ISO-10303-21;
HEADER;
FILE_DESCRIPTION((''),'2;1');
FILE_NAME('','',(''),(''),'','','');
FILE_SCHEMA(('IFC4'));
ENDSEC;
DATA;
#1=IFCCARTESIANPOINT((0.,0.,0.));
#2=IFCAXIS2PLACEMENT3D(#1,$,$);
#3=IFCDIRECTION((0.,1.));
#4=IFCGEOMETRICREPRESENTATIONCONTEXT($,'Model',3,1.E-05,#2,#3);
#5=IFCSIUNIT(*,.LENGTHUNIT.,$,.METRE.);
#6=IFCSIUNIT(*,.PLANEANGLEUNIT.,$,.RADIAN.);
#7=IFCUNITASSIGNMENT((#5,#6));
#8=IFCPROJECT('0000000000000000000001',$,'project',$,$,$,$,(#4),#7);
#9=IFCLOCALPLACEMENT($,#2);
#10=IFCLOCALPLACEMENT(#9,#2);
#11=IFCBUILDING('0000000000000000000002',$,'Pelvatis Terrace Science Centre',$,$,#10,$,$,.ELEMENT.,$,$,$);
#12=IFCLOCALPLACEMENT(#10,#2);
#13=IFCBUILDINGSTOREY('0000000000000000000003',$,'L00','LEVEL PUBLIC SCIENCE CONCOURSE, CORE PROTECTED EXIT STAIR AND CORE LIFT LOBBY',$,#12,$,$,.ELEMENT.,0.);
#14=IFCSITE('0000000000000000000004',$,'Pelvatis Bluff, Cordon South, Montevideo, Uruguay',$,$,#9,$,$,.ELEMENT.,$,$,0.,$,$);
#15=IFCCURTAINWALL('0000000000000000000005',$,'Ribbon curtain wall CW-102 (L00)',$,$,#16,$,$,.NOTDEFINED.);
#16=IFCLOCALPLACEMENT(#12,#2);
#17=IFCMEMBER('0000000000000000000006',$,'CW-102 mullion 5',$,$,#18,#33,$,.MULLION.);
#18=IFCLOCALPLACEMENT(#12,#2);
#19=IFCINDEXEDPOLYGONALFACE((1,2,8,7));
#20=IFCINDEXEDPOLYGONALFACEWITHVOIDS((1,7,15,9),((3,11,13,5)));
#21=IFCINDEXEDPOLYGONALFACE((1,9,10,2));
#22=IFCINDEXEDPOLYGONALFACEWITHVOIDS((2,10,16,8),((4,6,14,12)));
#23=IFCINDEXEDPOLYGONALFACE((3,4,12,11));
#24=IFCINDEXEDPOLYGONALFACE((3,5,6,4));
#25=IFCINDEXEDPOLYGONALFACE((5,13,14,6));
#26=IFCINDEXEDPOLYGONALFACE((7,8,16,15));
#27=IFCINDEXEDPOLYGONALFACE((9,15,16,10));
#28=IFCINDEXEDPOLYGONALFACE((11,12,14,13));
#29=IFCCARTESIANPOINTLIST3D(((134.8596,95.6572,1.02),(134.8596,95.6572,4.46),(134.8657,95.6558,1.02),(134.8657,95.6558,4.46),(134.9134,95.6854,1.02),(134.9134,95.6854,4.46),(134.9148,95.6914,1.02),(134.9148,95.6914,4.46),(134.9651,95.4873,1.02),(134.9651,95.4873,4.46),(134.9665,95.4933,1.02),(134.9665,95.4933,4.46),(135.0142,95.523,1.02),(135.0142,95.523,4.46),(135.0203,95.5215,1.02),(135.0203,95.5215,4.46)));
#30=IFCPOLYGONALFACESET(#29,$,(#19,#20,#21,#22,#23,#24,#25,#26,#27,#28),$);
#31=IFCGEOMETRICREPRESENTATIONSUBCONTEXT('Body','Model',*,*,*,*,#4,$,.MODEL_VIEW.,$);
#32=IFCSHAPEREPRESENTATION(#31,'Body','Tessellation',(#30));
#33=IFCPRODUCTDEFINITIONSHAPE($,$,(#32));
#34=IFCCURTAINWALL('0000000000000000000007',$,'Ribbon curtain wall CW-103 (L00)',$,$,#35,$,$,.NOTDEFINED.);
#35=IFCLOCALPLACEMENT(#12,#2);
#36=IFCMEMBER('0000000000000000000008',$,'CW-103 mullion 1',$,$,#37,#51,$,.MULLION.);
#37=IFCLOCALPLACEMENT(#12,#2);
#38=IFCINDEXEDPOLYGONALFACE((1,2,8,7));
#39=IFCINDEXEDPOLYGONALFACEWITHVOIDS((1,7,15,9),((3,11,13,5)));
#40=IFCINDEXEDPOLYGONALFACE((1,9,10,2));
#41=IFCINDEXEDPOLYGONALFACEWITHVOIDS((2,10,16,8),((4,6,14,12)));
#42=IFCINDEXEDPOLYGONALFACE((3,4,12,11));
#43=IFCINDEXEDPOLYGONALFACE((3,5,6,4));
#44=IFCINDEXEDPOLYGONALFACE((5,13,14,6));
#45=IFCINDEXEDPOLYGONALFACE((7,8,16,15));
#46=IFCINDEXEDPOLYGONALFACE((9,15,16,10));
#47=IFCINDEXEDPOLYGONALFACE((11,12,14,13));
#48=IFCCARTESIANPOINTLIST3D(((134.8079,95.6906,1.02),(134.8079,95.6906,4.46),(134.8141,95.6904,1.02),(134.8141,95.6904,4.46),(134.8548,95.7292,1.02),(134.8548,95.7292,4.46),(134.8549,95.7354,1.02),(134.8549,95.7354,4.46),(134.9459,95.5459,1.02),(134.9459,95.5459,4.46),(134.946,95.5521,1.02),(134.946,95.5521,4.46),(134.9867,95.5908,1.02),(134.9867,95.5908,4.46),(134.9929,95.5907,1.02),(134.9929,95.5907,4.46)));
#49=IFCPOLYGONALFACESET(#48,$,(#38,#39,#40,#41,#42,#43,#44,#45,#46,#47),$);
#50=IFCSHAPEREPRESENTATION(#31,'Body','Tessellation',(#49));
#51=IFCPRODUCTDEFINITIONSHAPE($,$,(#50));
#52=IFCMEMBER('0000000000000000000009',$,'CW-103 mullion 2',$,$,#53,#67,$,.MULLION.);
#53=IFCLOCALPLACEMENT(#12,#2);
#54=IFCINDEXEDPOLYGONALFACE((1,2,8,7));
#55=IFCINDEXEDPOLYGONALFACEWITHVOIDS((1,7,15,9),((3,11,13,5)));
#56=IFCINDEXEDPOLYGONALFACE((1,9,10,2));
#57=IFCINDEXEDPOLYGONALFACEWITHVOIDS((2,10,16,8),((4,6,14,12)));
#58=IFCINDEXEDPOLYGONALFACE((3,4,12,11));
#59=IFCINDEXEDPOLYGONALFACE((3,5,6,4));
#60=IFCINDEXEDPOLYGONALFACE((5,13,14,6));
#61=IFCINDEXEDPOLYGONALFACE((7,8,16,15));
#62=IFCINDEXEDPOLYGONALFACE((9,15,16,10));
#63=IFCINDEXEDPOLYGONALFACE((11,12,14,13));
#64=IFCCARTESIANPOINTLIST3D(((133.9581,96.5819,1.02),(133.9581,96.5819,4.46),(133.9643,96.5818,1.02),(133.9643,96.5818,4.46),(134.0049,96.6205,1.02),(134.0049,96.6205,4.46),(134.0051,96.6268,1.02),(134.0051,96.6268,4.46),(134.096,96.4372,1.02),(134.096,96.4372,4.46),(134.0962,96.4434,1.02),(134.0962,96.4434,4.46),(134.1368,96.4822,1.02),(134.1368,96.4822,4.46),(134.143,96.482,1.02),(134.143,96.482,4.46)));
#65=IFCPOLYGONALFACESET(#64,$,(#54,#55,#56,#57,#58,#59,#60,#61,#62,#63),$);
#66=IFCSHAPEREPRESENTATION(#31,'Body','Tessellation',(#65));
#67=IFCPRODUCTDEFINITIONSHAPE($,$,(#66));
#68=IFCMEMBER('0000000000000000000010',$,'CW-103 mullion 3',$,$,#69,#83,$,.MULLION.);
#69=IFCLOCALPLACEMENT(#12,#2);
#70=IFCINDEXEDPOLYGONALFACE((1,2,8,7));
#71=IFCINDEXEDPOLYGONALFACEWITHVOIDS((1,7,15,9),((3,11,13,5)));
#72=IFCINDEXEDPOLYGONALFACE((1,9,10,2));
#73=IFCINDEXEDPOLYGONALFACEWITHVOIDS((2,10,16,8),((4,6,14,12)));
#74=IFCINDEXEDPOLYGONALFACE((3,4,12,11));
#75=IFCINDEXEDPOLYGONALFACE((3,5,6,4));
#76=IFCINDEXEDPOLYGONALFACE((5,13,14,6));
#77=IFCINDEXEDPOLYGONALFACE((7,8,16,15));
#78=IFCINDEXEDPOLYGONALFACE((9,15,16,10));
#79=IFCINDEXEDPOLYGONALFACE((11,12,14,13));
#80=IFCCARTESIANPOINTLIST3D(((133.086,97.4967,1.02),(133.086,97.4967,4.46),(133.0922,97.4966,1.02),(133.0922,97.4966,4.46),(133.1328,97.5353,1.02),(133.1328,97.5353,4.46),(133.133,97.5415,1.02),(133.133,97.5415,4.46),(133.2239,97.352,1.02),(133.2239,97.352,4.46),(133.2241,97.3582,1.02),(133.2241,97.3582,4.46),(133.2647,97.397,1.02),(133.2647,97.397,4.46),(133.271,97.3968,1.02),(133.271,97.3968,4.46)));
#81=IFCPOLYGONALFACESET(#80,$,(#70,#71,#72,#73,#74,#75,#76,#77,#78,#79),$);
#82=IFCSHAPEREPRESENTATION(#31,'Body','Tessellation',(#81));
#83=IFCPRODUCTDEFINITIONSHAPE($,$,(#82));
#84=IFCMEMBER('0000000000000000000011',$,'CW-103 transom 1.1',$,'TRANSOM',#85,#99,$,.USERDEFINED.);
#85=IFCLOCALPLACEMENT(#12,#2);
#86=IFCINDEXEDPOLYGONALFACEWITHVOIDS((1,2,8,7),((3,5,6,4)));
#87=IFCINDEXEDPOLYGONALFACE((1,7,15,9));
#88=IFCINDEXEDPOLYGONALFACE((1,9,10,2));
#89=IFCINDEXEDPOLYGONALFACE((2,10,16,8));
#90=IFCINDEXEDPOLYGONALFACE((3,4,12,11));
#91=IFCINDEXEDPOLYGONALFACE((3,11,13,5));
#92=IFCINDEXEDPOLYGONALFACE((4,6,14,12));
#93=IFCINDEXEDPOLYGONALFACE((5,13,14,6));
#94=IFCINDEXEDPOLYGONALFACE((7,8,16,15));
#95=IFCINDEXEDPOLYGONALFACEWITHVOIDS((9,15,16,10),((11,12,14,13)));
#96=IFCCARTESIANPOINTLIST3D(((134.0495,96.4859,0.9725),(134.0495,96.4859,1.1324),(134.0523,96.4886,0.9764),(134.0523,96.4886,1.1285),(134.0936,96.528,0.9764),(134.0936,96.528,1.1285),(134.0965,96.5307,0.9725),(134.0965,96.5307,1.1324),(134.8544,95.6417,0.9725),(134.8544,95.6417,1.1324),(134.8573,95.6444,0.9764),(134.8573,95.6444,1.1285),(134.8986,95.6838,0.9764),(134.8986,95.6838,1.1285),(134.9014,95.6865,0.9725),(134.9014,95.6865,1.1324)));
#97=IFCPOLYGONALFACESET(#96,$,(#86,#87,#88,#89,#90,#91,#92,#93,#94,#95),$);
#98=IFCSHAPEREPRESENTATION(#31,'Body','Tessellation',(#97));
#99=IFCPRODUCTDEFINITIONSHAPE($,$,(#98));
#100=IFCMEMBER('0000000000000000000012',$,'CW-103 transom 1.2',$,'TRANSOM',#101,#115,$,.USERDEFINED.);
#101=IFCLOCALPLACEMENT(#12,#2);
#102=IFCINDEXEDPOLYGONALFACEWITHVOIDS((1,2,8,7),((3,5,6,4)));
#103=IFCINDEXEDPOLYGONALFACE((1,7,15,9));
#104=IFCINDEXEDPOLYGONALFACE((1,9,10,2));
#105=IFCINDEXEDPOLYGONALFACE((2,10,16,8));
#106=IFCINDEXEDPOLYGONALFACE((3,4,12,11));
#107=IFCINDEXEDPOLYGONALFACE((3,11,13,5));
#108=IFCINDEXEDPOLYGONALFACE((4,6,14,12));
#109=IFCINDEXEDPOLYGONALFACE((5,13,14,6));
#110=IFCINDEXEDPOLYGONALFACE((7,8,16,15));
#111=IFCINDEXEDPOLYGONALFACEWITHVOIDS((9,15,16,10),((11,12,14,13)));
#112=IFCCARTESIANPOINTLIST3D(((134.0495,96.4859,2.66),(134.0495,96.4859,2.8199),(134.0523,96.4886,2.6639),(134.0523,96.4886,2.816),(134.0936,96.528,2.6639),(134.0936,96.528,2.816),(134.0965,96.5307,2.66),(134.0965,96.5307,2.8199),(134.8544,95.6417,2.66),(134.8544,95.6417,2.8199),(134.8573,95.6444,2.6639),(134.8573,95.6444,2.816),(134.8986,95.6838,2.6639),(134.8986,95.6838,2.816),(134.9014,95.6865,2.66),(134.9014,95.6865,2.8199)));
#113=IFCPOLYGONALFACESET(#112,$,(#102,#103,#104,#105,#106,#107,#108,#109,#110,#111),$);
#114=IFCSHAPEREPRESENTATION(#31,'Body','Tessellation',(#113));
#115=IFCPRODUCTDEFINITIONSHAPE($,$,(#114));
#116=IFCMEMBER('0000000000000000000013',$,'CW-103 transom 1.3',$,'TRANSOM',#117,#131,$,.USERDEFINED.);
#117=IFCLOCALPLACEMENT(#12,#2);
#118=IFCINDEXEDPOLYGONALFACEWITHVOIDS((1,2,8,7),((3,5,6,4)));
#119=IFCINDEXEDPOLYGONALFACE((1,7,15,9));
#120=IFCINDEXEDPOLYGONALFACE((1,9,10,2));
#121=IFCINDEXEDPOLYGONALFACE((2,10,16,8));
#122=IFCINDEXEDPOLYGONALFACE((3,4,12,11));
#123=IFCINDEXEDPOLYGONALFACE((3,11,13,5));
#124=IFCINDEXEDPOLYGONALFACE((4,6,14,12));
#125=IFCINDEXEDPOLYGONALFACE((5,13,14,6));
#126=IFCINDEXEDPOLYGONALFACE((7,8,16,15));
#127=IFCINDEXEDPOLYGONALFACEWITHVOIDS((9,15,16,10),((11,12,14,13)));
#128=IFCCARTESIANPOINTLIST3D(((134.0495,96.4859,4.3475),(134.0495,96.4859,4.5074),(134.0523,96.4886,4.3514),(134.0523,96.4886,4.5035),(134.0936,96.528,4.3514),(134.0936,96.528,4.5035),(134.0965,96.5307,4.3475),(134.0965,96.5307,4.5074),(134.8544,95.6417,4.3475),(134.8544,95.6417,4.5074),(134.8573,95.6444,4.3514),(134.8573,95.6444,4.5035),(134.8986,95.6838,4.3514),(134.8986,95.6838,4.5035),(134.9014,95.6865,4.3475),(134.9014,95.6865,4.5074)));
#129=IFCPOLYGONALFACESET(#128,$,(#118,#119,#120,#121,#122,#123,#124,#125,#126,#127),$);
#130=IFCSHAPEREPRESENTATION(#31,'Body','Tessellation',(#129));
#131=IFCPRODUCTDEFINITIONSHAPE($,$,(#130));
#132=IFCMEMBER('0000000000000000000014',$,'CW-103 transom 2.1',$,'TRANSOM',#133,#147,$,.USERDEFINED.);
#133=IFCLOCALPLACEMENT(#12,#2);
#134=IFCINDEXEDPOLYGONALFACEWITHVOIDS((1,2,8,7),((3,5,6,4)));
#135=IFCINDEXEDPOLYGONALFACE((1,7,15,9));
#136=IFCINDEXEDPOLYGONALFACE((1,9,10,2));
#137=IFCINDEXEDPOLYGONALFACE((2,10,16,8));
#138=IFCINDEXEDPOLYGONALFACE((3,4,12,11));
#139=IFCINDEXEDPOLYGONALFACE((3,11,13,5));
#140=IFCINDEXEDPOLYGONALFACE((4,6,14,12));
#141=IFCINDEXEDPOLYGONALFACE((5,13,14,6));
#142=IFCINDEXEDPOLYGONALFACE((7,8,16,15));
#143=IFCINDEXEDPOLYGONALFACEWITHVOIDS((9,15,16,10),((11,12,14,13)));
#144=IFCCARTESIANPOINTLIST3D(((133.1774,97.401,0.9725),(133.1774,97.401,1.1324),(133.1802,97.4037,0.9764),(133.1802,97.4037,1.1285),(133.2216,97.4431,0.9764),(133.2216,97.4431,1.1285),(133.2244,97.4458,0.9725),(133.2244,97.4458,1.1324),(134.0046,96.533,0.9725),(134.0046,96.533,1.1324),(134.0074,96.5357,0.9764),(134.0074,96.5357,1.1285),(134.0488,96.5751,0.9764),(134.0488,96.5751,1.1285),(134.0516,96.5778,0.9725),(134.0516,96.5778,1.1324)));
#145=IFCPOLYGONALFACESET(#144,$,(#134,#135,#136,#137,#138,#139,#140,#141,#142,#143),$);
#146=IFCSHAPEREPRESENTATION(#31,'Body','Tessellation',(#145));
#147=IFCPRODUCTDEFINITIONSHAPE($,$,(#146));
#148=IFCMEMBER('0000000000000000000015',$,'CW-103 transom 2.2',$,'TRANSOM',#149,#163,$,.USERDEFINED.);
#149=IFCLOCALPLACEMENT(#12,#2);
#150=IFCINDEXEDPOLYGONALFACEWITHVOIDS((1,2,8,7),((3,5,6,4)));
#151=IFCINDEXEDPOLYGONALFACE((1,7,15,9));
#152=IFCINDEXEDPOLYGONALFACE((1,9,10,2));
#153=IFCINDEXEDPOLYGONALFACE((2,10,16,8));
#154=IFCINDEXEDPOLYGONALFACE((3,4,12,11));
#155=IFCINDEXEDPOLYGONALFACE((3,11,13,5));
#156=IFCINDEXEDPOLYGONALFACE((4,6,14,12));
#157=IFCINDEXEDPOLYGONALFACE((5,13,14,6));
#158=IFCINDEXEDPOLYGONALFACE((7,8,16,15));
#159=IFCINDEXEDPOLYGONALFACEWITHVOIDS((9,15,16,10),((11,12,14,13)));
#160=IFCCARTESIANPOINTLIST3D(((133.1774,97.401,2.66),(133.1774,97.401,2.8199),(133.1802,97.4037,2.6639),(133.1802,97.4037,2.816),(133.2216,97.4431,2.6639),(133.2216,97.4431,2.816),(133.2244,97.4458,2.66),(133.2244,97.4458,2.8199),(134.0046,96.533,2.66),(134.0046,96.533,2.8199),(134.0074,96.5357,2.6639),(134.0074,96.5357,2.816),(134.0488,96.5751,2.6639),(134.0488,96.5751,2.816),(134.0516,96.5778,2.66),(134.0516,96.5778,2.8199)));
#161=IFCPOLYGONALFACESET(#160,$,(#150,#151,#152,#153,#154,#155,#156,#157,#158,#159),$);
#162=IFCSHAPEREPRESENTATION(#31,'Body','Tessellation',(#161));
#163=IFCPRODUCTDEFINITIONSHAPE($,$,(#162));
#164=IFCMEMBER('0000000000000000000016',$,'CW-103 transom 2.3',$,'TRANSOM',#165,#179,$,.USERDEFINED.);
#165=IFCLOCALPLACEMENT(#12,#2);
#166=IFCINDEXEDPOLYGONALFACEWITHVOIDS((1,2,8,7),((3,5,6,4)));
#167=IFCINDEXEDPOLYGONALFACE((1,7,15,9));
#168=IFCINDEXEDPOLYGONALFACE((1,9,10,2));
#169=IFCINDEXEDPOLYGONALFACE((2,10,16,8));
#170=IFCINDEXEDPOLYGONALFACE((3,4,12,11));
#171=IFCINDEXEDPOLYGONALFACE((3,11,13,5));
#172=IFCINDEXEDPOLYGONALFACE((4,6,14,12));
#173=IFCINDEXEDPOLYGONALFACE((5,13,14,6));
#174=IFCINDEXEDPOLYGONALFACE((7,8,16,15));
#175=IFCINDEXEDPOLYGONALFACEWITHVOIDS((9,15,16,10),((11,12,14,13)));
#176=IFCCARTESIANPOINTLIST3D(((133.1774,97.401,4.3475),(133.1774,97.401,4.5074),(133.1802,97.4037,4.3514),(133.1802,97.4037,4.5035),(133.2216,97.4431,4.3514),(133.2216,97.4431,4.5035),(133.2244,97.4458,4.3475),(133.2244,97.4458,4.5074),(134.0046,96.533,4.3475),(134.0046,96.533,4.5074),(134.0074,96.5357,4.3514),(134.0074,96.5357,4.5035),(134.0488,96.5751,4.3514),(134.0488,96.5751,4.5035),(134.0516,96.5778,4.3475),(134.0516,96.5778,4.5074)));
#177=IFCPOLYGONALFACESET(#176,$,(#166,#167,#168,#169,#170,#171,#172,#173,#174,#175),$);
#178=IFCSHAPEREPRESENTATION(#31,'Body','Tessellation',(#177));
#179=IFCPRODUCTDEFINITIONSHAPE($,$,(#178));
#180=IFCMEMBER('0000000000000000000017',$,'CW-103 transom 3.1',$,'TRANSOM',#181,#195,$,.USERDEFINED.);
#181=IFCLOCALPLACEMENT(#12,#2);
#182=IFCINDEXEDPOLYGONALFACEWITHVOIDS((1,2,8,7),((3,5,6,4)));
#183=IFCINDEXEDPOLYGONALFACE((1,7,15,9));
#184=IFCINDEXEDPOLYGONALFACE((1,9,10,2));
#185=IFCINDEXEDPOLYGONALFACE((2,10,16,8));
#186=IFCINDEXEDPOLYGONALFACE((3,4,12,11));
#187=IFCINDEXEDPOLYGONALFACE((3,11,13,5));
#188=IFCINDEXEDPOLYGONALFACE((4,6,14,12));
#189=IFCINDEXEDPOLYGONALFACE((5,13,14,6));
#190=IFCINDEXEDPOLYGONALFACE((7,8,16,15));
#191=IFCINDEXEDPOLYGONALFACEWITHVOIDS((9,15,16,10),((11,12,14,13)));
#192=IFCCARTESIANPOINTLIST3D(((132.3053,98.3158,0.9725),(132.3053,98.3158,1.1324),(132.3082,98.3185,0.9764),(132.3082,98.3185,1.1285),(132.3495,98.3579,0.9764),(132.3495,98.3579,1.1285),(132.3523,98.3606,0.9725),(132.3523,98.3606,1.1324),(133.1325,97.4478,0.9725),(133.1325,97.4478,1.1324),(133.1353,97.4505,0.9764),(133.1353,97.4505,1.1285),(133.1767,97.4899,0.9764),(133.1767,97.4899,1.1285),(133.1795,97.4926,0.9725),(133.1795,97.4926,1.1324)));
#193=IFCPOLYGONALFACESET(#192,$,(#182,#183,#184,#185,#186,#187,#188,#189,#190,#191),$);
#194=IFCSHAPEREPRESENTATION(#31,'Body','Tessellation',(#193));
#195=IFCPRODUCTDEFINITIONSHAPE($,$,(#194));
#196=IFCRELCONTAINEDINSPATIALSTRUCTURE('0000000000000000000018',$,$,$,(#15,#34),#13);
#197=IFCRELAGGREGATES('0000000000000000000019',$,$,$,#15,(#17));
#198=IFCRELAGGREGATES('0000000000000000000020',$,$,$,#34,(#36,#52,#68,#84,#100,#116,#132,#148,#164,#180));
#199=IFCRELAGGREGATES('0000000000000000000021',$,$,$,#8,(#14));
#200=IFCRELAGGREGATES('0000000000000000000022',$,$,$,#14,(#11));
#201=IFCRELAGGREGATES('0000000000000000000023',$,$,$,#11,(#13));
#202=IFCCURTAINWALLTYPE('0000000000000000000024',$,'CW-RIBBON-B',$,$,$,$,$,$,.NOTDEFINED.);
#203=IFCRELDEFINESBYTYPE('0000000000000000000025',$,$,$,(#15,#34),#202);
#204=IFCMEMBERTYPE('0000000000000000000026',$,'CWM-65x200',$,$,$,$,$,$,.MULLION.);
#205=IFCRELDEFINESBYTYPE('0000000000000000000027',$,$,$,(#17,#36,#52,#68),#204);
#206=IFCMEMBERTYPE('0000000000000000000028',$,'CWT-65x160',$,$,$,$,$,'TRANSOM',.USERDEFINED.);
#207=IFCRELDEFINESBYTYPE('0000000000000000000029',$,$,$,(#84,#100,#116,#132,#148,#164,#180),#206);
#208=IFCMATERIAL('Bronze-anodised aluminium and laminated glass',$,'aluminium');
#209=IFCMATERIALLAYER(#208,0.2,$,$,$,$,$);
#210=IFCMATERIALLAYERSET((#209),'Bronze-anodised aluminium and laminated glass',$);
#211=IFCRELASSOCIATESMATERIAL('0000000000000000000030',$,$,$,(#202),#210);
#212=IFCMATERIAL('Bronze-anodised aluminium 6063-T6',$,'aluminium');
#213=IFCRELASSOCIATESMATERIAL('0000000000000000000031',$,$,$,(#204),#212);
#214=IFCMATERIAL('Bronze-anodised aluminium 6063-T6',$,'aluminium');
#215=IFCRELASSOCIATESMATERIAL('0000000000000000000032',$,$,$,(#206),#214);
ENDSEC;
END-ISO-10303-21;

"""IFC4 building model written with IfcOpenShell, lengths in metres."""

from ifc_helpers import new_model, si_unit, direction, frame, origin, origin_2d, place, context, subcontext, project, spatial, hollow_rectangle, extrude, material, layer, layer_set, material_profile, profile_set, type_object, element, aggregate, save


model = new_model("IFC4")

# Units and contexts
model_context = context("Model", 3, precision=1e-05, world=origin(), true_north=direction((0.0, 1.0)))
body_context = subcontext(model_context, "Body", "Model", "MODEL_VIEW")
ifc_project = project(units=[si_unit("LENGTHUNIT", "METRE"), si_unit("PLANEANGLEUNIT", "RADIAN")], contexts=[model_context])

# Site, building, storey
site_placement = place(None, origin())
site = spatial("IfcSite", under=ifc_project, at=site_placement, Name="Pelvatis Bluff, Cordon South, Montevideo, Uruguay", CompositionType="ELEMENT", RefElevation=0.0)
building_placement = place(site_placement, origin())
building = spatial("IfcBuilding", under=site, at=building_placement, Name="Pelvatis Terrace Science Centre", CompositionType="ELEMENT")
storey_placement = place(building_placement, origin())
storey = spatial("IfcBuildingStorey", under=building, at=storey_placement, Name="L00", Description="LEVEL PUBLIC SCIENCE CONCOURSE, CORE PROTECTED EXIT STAIR AND CORE LIFT LOBBY", CompositionType="ELEMENT", Elevation=0.0)

# Curtain wall, member
ifc_material_1 = material(Name="Bronze-anodised aluminium and laminated glass", Category="aluminium")
ifc_layer_1 = layer(ifc_material_1, 0.2)
ifc_layer_set_1 = layer_set([ifc_layer_1], Name="Bronze-anodised aluminium and laminated glass")
curtain_wall_type = type_object("IfcCurtainWallType", Name="CW-RIBBON-B", PredefinedType="NOTDEFINED", material=ifc_layer_set_1)
curtain_wall_1_placement = place(storey_placement, origin())
curtain_wall_1 = element("IfcCurtainWall", 1, at=curtain_wall_1_placement, inside=storey, type_object=curtain_wall_type, Name="Ribbon curtain wall CW-102 (L00)", PredefinedType="NOTDEFINED")
ifc_material_2 = material(Name="Bronze-anodised aluminium 6063-T6", Category="aluminium")
ifc_material_profile_1 = material_profile(ifc_material_2, hollow_rectangle(XDim=0.0649, YDim=0.2, WallThickness=0.0044, at=origin_2d()), Name="ALU-MUL 65x200")
ifc_profile_set_1 = profile_set([ifc_material_profile_1], Name="Bronze-anodised aluminium 6063-T6")
member_type_1 = type_object("IfcMemberType", Name="CWM-65x200", PredefinedType="MULLION", material=ifc_profile_set_1)
member_1_placement = place(storey_placement, frame((134.9399, 95.5894, 1.02), z_axis=(0.0, 0.0, 1.0), x_axis=(-0.849586, -0.52745, 0.0)))
member_1 = element("IfcMember", 2, at=member_1_placement, type_object=member_type_1, Name="CW-102 mullion 5", PredefinedType="MULLION", context=body_context, shape_type="SweptSolid", body=[
    extrude(hollow_rectangle(XDim=0.0649, YDim=0.2, WallThickness=0.0044, at=origin_2d()), origin(), (0.0, 0.0, 1.0), 3.4399),
])

# Curtain wall, members
curtain_wall_2_placement = place(storey_placement, origin())
curtain_wall_2 = element("IfcCurtainWall", 3, at=curtain_wall_2_placement, inside=storey, type_object=curtain_wall_type, Name="Ribbon curtain wall CW-103 (L00)", PredefinedType="NOTDEFINED")
member_2_placement = place(storey_placement, frame((134.9004, 95.6406, 1.02), z_axis=(0.0, 0.0, 1.0), x_axis=(-0.723835, -0.689973, 0.0)))
member_2 = element("IfcMember", 4, at=member_2_placement, type_object=member_type_1, Name="CW-103 mullion 1", PredefinedType="MULLION", context=body_context, shape_type="SweptSolid", body=[
    extrude(hollow_rectangle(XDim=0.0649, YDim=0.2, WallThickness=0.0044, at=origin_2d()), origin(), (0.0, 0.0, 1.0), 3.4399),
])
member_3_placement = place(storey_placement, frame((134.0505, 96.532, 1.02), z_axis=(0.0, 0.0, 1.0), x_axis=(-0.723835, -0.689973, 0.0)))
member_3 = element("IfcMember", 5, at=member_3_placement, type_object=member_type_1, Name="CW-103 mullion 2", PredefinedType="MULLION", context=body_context, shape_type="SweptSolid", body=[
    extrude(hollow_rectangle(XDim=0.0649, YDim=0.2, WallThickness=0.0044, at=origin_2d()), origin(), (0.0, 0.0, 1.0), 3.4399),
])
member_4_placement = place(storey_placement, frame((133.1785, 97.4468, 1.02), z_axis=(0.0, 0.0, 1.0), x_axis=(-0.723835, -0.689973, 0.0)))
member_4 = element("IfcMember", 6, at=member_4_placement, type_object=member_type_1, Name="CW-103 mullion 3", PredefinedType="MULLION", context=body_context, shape_type="SweptSolid", body=[
    extrude(hollow_rectangle(XDim=0.0649, YDim=0.2, WallThickness=0.0044, at=origin_2d()), origin(), (0.0, 0.0, 1.0), 3.4399),
])
ifc_material_3 = material(Name="Bronze-anodised aluminium 6063-T6", Category="aluminium")
ifc_material_profile_2 = material_profile(ifc_material_3, hollow_rectangle(XDim=0.0649, YDim=0.1599, WallThickness=0.0039, at=origin_2d()), Name="ALU-TRN 65x160")
ifc_profile_set_2 = profile_set([ifc_material_profile_2], Name="Bronze-anodised aluminium 6063-T6")
member_type_2 = type_object("IfcMemberType", Name="CWT-65x160", ElementType="TRANSOM", PredefinedType="USERDEFINED", material=ifc_profile_set_2)
member_5_placement = place(storey_placement, frame((134.8779, 95.6641, 1.0525), z_axis=(-0.690057, 0.723755, 0.0), x_axis=(-0.723755, -0.690057, 0.0)))
member_5 = element("IfcMember", 7, at=member_5_placement, type_object=member_type_2, Name="CW-103 transom 1.1", ObjectType="TRANSOM", PredefinedType="USERDEFINED", context=body_context, shape_type="SweptSolid", body=[
    extrude(hollow_rectangle(XDim=0.0649, YDim=0.1599, WallThickness=0.0039, at=origin_2d()), origin(), (0.0, 0.0, 1.0), 1.1665),
])
member_6_placement = place(storey_placement, frame((134.8779, 95.6641, 2.74), z_axis=(-0.690057, 0.723755, 0.0), x_axis=(-0.723755, -0.690057, 0.0)))
member_6 = element("IfcMember", 8, at=member_6_placement, type_object=member_type_2, Name="CW-103 transom 1.2", ObjectType="TRANSOM", PredefinedType="USERDEFINED", context=body_context, shape_type="SweptSolid", body=[
    extrude(hollow_rectangle(XDim=0.0649, YDim=0.1599, WallThickness=0.0039, at=origin_2d()), origin(), (0.0, 0.0, 1.0), 1.1665),
])
member_7_placement = place(storey_placement, frame((134.8779, 95.6641, 4.4275), z_axis=(-0.690057, 0.723755, 0.0), x_axis=(-0.723755, -0.690057, 0.0)))
member_7 = element("IfcMember", 9, at=member_7_placement, type_object=member_type_2, Name="CW-103 transom 1.3", ObjectType="TRANSOM", PredefinedType="USERDEFINED", context=body_context, shape_type="SweptSolid", body=[
    extrude(hollow_rectangle(XDim=0.0649, YDim=0.1599, WallThickness=0.0039, at=origin_2d()), origin(), (0.0, 0.0, 1.0), 1.1665),
])
member_8_placement = place(storey_placement, frame((134.0281, 96.5554, 1.0525), z_axis=(-0.689899, 0.723905, 0.0), x_axis=(-0.723905, -0.689899, 0.0)))
member_8 = element("IfcMember", 10, at=member_8_placement, type_object=member_type_2, Name="CW-103 transom 2.1", ObjectType="TRANSOM", PredefinedType="USERDEFINED", context=body_context, shape_type="SweptSolid", body=[
    extrude(hollow_rectangle(XDim=0.0649, YDim=0.1599, WallThickness=0.0039, at=origin_2d()), origin(), (0.0, 0.0, 1.0), 1.199),
])
member_9_placement = place(storey_placement, frame((134.0281, 96.5554, 2.74), z_axis=(-0.689899, 0.723905, 0.0), x_axis=(-0.723905, -0.689899, 0.0)))
member_9 = element("IfcMember", 11, at=member_9_placement, type_object=member_type_2, Name="CW-103 transom 2.2", ObjectType="TRANSOM", PredefinedType="USERDEFINED", context=body_context, shape_type="SweptSolid", body=[
    extrude(hollow_rectangle(XDim=0.0649, YDim=0.1599, WallThickness=0.0039, at=origin_2d()), origin(), (0.0, 0.0, 1.0), 1.199),
])
member_10_placement = place(storey_placement, frame((134.0281, 96.5554, 4.4275), z_axis=(-0.689899, 0.723905, 0.0), x_axis=(-0.723905, -0.689899, 0.0)))
member_10 = element("IfcMember", 12, at=member_10_placement, type_object=member_type_2, Name="CW-103 transom 2.3", ObjectType="TRANSOM", PredefinedType="USERDEFINED", context=body_context, shape_type="SweptSolid", body=[
    extrude(hollow_rectangle(XDim=0.0649, YDim=0.1599, WallThickness=0.0039, at=origin_2d()), origin(), (0.0, 0.0, 1.0), 1.199),
])
member_11_placement = place(storey_placement, frame((133.156, 97.4702, 1.0525), z_axis=(-0.689899, 0.723905, 0.0), x_axis=(-0.723905, -0.689899, 0.0)))
member_11 = element("IfcMember", 13, at=member_11_placement, type_object=member_type_2, Name="CW-103 transom 3.1", ObjectType="TRANSOM", PredefinedType="USERDEFINED", context=body_context, shape_type="SweptSolid", body=[
    extrude(hollow_rectangle(XDim=0.0649, YDim=0.1599, WallThickness=0.0039, at=origin_2d()), origin(), (0.0, 0.0, 1.0), 1.199),
])

aggregate(curtain_wall_1, [member_1])
aggregate(curtain_wall_2, [member_2, member_3, member_4, member_5, member_6, member_7, member_8, member_9, member_10, member_11])

save(model, "model.ifc")
